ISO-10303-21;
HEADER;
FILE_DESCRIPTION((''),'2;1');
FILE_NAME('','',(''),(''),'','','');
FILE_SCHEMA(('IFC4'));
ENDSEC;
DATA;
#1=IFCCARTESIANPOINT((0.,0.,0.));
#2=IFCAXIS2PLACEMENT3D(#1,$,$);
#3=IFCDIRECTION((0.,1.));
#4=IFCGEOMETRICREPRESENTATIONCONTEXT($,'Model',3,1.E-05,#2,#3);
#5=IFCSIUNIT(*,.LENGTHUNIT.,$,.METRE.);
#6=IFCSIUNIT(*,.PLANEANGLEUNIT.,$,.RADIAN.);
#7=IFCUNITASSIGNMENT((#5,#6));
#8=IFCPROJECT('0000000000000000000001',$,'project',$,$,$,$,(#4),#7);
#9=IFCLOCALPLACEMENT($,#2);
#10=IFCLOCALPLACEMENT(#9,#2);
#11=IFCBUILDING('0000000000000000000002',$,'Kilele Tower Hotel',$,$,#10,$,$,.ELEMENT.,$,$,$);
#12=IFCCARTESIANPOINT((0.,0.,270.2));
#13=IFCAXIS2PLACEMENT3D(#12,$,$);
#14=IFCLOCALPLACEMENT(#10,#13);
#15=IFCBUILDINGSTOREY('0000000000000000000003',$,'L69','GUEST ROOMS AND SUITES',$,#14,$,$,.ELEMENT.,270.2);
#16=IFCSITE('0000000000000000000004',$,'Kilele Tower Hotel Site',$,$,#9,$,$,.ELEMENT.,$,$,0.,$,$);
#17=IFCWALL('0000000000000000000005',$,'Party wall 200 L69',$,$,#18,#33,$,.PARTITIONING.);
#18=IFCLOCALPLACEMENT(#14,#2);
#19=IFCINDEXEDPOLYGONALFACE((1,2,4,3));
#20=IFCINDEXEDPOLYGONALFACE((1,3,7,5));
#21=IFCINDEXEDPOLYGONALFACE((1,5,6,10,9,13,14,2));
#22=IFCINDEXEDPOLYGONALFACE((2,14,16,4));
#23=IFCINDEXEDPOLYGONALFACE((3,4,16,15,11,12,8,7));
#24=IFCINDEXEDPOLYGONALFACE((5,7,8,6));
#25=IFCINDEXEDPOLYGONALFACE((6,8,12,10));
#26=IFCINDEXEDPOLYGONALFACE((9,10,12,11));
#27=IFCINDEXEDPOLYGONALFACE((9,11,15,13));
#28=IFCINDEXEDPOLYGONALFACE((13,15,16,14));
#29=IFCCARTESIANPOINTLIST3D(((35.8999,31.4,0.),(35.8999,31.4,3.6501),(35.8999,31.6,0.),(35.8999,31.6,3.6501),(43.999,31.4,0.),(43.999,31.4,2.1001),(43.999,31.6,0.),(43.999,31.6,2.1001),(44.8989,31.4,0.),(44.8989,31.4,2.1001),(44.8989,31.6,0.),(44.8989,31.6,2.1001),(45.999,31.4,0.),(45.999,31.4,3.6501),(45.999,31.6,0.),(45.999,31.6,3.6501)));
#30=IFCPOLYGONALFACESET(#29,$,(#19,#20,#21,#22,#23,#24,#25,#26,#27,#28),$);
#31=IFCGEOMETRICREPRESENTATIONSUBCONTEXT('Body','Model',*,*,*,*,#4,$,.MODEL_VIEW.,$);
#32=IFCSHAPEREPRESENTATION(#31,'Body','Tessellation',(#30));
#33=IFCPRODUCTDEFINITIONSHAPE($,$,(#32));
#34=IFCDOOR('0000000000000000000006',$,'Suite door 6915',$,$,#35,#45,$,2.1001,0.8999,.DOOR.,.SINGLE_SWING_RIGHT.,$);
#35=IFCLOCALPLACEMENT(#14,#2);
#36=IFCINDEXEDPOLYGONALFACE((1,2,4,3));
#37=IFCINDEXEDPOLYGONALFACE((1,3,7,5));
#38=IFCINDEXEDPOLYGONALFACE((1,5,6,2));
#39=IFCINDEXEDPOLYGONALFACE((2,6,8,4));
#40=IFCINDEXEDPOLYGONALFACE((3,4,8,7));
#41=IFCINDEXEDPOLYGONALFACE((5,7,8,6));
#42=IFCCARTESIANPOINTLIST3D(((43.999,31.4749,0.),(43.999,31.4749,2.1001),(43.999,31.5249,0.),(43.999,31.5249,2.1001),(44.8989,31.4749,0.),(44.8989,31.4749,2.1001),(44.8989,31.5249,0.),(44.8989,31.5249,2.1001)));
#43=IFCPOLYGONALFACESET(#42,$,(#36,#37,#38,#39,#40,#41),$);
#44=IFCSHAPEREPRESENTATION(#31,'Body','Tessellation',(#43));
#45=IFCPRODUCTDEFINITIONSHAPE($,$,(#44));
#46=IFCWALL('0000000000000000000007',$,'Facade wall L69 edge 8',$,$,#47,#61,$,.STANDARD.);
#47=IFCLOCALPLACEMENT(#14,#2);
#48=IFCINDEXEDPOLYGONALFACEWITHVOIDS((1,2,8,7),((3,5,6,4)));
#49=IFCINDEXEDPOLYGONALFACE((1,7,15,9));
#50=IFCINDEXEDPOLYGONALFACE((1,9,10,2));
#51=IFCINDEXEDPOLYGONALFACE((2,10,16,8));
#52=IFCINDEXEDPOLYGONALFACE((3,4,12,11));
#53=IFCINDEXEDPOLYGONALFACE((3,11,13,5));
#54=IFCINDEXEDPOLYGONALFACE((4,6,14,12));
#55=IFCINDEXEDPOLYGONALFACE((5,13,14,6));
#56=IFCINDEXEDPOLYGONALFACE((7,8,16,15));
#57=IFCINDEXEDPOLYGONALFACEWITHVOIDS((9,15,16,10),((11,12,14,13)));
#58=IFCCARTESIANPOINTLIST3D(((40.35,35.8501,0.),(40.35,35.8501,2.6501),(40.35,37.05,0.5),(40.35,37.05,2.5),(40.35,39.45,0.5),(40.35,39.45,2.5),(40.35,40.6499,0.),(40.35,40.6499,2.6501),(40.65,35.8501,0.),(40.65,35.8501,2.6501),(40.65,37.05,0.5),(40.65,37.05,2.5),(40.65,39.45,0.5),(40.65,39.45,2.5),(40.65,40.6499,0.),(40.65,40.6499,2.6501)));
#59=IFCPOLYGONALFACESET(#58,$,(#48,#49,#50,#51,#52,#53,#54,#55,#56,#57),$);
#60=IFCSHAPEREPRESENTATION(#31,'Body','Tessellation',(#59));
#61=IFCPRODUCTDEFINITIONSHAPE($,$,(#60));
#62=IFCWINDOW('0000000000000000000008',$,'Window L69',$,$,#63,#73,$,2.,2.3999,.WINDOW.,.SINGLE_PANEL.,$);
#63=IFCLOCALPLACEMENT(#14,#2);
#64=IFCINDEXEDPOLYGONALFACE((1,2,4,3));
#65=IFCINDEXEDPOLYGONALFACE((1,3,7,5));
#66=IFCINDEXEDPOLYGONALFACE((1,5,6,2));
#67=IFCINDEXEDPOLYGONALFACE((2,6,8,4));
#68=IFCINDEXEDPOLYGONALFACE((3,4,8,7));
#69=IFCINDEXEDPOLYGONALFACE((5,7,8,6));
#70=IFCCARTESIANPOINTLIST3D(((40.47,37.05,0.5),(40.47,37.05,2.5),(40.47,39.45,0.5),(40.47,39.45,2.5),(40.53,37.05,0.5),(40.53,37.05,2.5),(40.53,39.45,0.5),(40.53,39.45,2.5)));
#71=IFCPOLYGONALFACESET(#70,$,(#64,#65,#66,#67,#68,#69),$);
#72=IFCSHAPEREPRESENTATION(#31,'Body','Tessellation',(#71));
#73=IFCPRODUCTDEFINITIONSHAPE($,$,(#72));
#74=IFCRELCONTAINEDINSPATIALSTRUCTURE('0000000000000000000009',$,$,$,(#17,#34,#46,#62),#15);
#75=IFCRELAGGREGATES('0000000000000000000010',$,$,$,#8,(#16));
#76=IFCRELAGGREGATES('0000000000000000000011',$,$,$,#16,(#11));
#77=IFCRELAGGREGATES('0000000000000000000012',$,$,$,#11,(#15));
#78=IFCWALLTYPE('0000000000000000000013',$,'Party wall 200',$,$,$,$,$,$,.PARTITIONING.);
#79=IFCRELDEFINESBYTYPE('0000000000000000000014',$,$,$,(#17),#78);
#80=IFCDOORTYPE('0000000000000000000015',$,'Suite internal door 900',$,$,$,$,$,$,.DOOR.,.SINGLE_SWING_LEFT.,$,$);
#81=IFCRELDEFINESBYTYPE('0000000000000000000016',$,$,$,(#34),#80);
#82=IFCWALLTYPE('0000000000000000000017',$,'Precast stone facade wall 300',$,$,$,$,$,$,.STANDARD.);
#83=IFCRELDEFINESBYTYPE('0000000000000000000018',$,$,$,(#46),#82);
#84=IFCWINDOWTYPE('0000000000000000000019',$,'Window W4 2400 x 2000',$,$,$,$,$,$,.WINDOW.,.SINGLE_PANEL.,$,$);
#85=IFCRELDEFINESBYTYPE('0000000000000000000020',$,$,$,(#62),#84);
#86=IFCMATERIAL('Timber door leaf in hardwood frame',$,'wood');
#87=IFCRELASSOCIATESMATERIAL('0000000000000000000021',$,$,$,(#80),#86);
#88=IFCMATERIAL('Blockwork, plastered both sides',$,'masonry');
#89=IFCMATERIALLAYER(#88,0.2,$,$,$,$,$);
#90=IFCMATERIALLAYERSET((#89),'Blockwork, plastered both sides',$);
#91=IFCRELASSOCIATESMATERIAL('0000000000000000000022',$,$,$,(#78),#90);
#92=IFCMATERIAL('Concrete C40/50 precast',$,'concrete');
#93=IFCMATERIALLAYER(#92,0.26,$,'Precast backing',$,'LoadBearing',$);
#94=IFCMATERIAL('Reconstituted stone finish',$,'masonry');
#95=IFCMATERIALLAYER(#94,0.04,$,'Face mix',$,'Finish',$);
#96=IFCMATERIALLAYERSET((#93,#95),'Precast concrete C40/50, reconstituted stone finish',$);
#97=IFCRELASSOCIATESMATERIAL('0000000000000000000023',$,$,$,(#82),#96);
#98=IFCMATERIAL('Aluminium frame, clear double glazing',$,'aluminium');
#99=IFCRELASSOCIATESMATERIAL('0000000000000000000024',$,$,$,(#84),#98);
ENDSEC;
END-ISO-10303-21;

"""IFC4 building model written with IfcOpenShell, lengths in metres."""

from ifc_helpers import new_model, si_unit, direction, frame, frame_2d, origin, place, context, subcontext, project, spatial, rectangle, extrude, material, layer, layer_set, type_object, element, fill, save


model = new_model("IFC4")

# Units and contexts
model_context = context("Model", 3, precision=1e-05, world=origin(), true_north=direction((0.0, 1.0)))
body_context = subcontext(model_context, "Body", "Model", "MODEL_VIEW")
ifc_project = project(units=[si_unit("LENGTHUNIT", "METRE"), si_unit("PLANEANGLEUNIT", "RADIAN")], contexts=[model_context])

# Site, building, storey
site_placement = place(None, origin())
site = spatial("IfcSite", under=ifc_project, at=site_placement, Name="Kilele Tower Hotel Site", CompositionType="ELEMENT", RefElevation=0.0)
building_placement = place(site_placement, origin())
building = spatial("IfcBuilding", under=site, at=building_placement, Name="Kilele Tower Hotel", CompositionType="ELEMENT")
storey_placement = place(building_placement, frame((0.0, 0.0, 270.2)))
storey = spatial("IfcBuildingStorey", under=building, at=storey_placement, Name="L69", Description="GUEST ROOMS AND SUITES", CompositionType="ELEMENT", Elevation=270.2)

# Shared definitions
ifc_material_1 = material(Name="Timber door leaf in hardwood frame", Category="wood")
door_type_1 = type_object("IfcDoorType", Name="Suite internal door 900", OperationType="SINGLE_SWING_LEFT", PredefinedType="DOOR", material=ifc_material_1)

# Shared definitions
ifc_material_2 = material(Name="Blockwork, plastered both sides", Category="masonry")
ifc_layer_1 = layer(ifc_material_2, 0.2)
ifc_layer_set_1 = layer_set([ifc_layer_1], Name="Blockwork, plastered both sides")
wall_type_1 = type_object("IfcWallType", Name="Party wall 200", PredefinedType="PARTITIONING", material=ifc_layer_set_1)

# Wall, opening, door
wall_1_placement = place(storey_placement, frame((35.8999, 31.5, 0.0), z_axis=(0.0, 0.0, 1.0), x_axis=(1.0, 0.0, 0.0)))
wall_1 = element("IfcWall", 1, at=wall_1_placement, inside=storey, type_object=wall_type_1, Name="Party wall 200 L69", PredefinedType="PARTITIONING", context=body_context, shape_type="SweptSolid", body=[
    extrude(rectangle(XDim=10.0991, YDim=0.2, at=frame_2d((5.0496, 0.0))), origin(), (0.0, 0.0, 1.0), 3.6501),
])
opening_1_placement = place(wall_1_placement, frame((8.0991, 0.0, 0.0)))
opening_1 = element("IfcOpeningElement", 2, at=opening_1_placement, cuts=wall_1, PredefinedType="OPENING", context=body_context, shape_type="SweptSolid", body=[
    extrude(rectangle(XDim=0.8999, YDim=2.1001, at=frame_2d((0.45, 1.05))), frame((0.0, 0.1099, 0.0), z_axis=(0.0, -1.0, 0.0), x_axis=(1.0, 0.0, 0.0)), (0.0, 0.0, 1.0), 0.22),
])
door_1_placement = place(opening_1_placement, origin())
door_1 = element("IfcDoor", 3, at=door_1_placement, inside=storey, type_object=door_type_1, Name="Suite door 6915", OperationType="SINGLE_SWING_RIGHT", OverallHeight=2.1001, OverallWidth=0.8999, PredefinedType="DOOR", context=body_context, shape_type="SweptSolid", body=[
    extrude(rectangle(XDim=0.8999, YDim=2.1001, at=frame_2d((0.45, 1.05))), frame((0.0, 0.0249, 0.0), z_axis=(0.0, -1.0, 0.0), x_axis=(1.0, 0.0, 0.0)), (0.0, 0.0, 1.0), 0.05),
])
fill(opening_1, door_1)

# Wall, opening, window
ifc_material_3 = material(Name="Concrete C40/50 precast", Category="concrete")
ifc_layer_2 = layer(ifc_material_3, 0.26, Name="Precast backing", Category="LoadBearing")
ifc_material_4 = material(Name="Reconstituted stone finish", Category="masonry")
ifc_layer_3 = layer(ifc_material_4, 0.04, Name="Face mix", Category="Finish")
ifc_layer_set_2 = layer_set([ifc_layer_2, ifc_layer_3], Name="Precast concrete C40/50, reconstituted stone finish")
wall_type_2 = type_object("IfcWallType", Name="Precast stone facade wall 300", PredefinedType="STANDARD", material=ifc_layer_set_2)
wall_2_placement = place(storey_placement, frame((40.5, 35.8501, 0.0), z_axis=(0.0, 0.0, 1.0), x_axis=(0.0, 1.0, 0.0)))
wall_2 = element("IfcWall", 4, at=wall_2_placement, inside=storey, type_object=wall_type_2, Name="Facade wall L69 edge 8", PredefinedType="STANDARD", context=body_context, shape_type="SweptSolid", body=[
    extrude(rectangle(XDim=4.7998, YDim=0.3, at=frame_2d((2.3999, 0.0))), origin(), (0.0, 0.0, 1.0), 2.6501),
])
opening_2_placement = place(wall_2_placement, frame((1.2, 0.0, 0.5)))
opening_2 = element("IfcOpeningElement", 5, at=opening_2_placement, cuts=wall_2, PredefinedType="OPENING", context=body_context, shape_type="SweptSolid", body=[
    extrude(rectangle(XDim=2.3999, YDim=2.0, at=frame_2d((1.2, 1.0))), frame((0.0, 0.1599, 0.0), z_axis=(0.0, -1.0, 0.0), x_axis=(1.0, 0.0, 0.0)), (0.0, 0.0, 1.0), 0.3201),
])
ifc_material_5 = material(Name="Aluminium frame, clear double glazing", Category="aluminium")
window_type = type_object("IfcWindowType", Name="Window W4 2400 x 2000", PartitioningType="SINGLE_PANEL", PredefinedType="WINDOW", material=ifc_material_5)
window_placement = place(opening_2_placement, origin())
window = element("IfcWindow", 6, at=window_placement, inside=storey, type_object=window_type, Name="Window L69", OverallHeight=2.0, OverallWidth=2.3999, PartitioningType="SINGLE_PANEL", PredefinedType="WINDOW", context=body_context, shape_type="SweptSolid", body=[
    extrude(rectangle(XDim=2.3999, YDim=2.0, at=frame_2d((1.2, 1.0))), frame((0.0, 0.03, 0.0), z_axis=(0.0, -1.0, 0.0), x_axis=(1.0, 0.0, 0.0)), (0.0, 0.0, 1.0), 0.0601),
])
fill(opening_2, window)

save(model, "model.ifc")
